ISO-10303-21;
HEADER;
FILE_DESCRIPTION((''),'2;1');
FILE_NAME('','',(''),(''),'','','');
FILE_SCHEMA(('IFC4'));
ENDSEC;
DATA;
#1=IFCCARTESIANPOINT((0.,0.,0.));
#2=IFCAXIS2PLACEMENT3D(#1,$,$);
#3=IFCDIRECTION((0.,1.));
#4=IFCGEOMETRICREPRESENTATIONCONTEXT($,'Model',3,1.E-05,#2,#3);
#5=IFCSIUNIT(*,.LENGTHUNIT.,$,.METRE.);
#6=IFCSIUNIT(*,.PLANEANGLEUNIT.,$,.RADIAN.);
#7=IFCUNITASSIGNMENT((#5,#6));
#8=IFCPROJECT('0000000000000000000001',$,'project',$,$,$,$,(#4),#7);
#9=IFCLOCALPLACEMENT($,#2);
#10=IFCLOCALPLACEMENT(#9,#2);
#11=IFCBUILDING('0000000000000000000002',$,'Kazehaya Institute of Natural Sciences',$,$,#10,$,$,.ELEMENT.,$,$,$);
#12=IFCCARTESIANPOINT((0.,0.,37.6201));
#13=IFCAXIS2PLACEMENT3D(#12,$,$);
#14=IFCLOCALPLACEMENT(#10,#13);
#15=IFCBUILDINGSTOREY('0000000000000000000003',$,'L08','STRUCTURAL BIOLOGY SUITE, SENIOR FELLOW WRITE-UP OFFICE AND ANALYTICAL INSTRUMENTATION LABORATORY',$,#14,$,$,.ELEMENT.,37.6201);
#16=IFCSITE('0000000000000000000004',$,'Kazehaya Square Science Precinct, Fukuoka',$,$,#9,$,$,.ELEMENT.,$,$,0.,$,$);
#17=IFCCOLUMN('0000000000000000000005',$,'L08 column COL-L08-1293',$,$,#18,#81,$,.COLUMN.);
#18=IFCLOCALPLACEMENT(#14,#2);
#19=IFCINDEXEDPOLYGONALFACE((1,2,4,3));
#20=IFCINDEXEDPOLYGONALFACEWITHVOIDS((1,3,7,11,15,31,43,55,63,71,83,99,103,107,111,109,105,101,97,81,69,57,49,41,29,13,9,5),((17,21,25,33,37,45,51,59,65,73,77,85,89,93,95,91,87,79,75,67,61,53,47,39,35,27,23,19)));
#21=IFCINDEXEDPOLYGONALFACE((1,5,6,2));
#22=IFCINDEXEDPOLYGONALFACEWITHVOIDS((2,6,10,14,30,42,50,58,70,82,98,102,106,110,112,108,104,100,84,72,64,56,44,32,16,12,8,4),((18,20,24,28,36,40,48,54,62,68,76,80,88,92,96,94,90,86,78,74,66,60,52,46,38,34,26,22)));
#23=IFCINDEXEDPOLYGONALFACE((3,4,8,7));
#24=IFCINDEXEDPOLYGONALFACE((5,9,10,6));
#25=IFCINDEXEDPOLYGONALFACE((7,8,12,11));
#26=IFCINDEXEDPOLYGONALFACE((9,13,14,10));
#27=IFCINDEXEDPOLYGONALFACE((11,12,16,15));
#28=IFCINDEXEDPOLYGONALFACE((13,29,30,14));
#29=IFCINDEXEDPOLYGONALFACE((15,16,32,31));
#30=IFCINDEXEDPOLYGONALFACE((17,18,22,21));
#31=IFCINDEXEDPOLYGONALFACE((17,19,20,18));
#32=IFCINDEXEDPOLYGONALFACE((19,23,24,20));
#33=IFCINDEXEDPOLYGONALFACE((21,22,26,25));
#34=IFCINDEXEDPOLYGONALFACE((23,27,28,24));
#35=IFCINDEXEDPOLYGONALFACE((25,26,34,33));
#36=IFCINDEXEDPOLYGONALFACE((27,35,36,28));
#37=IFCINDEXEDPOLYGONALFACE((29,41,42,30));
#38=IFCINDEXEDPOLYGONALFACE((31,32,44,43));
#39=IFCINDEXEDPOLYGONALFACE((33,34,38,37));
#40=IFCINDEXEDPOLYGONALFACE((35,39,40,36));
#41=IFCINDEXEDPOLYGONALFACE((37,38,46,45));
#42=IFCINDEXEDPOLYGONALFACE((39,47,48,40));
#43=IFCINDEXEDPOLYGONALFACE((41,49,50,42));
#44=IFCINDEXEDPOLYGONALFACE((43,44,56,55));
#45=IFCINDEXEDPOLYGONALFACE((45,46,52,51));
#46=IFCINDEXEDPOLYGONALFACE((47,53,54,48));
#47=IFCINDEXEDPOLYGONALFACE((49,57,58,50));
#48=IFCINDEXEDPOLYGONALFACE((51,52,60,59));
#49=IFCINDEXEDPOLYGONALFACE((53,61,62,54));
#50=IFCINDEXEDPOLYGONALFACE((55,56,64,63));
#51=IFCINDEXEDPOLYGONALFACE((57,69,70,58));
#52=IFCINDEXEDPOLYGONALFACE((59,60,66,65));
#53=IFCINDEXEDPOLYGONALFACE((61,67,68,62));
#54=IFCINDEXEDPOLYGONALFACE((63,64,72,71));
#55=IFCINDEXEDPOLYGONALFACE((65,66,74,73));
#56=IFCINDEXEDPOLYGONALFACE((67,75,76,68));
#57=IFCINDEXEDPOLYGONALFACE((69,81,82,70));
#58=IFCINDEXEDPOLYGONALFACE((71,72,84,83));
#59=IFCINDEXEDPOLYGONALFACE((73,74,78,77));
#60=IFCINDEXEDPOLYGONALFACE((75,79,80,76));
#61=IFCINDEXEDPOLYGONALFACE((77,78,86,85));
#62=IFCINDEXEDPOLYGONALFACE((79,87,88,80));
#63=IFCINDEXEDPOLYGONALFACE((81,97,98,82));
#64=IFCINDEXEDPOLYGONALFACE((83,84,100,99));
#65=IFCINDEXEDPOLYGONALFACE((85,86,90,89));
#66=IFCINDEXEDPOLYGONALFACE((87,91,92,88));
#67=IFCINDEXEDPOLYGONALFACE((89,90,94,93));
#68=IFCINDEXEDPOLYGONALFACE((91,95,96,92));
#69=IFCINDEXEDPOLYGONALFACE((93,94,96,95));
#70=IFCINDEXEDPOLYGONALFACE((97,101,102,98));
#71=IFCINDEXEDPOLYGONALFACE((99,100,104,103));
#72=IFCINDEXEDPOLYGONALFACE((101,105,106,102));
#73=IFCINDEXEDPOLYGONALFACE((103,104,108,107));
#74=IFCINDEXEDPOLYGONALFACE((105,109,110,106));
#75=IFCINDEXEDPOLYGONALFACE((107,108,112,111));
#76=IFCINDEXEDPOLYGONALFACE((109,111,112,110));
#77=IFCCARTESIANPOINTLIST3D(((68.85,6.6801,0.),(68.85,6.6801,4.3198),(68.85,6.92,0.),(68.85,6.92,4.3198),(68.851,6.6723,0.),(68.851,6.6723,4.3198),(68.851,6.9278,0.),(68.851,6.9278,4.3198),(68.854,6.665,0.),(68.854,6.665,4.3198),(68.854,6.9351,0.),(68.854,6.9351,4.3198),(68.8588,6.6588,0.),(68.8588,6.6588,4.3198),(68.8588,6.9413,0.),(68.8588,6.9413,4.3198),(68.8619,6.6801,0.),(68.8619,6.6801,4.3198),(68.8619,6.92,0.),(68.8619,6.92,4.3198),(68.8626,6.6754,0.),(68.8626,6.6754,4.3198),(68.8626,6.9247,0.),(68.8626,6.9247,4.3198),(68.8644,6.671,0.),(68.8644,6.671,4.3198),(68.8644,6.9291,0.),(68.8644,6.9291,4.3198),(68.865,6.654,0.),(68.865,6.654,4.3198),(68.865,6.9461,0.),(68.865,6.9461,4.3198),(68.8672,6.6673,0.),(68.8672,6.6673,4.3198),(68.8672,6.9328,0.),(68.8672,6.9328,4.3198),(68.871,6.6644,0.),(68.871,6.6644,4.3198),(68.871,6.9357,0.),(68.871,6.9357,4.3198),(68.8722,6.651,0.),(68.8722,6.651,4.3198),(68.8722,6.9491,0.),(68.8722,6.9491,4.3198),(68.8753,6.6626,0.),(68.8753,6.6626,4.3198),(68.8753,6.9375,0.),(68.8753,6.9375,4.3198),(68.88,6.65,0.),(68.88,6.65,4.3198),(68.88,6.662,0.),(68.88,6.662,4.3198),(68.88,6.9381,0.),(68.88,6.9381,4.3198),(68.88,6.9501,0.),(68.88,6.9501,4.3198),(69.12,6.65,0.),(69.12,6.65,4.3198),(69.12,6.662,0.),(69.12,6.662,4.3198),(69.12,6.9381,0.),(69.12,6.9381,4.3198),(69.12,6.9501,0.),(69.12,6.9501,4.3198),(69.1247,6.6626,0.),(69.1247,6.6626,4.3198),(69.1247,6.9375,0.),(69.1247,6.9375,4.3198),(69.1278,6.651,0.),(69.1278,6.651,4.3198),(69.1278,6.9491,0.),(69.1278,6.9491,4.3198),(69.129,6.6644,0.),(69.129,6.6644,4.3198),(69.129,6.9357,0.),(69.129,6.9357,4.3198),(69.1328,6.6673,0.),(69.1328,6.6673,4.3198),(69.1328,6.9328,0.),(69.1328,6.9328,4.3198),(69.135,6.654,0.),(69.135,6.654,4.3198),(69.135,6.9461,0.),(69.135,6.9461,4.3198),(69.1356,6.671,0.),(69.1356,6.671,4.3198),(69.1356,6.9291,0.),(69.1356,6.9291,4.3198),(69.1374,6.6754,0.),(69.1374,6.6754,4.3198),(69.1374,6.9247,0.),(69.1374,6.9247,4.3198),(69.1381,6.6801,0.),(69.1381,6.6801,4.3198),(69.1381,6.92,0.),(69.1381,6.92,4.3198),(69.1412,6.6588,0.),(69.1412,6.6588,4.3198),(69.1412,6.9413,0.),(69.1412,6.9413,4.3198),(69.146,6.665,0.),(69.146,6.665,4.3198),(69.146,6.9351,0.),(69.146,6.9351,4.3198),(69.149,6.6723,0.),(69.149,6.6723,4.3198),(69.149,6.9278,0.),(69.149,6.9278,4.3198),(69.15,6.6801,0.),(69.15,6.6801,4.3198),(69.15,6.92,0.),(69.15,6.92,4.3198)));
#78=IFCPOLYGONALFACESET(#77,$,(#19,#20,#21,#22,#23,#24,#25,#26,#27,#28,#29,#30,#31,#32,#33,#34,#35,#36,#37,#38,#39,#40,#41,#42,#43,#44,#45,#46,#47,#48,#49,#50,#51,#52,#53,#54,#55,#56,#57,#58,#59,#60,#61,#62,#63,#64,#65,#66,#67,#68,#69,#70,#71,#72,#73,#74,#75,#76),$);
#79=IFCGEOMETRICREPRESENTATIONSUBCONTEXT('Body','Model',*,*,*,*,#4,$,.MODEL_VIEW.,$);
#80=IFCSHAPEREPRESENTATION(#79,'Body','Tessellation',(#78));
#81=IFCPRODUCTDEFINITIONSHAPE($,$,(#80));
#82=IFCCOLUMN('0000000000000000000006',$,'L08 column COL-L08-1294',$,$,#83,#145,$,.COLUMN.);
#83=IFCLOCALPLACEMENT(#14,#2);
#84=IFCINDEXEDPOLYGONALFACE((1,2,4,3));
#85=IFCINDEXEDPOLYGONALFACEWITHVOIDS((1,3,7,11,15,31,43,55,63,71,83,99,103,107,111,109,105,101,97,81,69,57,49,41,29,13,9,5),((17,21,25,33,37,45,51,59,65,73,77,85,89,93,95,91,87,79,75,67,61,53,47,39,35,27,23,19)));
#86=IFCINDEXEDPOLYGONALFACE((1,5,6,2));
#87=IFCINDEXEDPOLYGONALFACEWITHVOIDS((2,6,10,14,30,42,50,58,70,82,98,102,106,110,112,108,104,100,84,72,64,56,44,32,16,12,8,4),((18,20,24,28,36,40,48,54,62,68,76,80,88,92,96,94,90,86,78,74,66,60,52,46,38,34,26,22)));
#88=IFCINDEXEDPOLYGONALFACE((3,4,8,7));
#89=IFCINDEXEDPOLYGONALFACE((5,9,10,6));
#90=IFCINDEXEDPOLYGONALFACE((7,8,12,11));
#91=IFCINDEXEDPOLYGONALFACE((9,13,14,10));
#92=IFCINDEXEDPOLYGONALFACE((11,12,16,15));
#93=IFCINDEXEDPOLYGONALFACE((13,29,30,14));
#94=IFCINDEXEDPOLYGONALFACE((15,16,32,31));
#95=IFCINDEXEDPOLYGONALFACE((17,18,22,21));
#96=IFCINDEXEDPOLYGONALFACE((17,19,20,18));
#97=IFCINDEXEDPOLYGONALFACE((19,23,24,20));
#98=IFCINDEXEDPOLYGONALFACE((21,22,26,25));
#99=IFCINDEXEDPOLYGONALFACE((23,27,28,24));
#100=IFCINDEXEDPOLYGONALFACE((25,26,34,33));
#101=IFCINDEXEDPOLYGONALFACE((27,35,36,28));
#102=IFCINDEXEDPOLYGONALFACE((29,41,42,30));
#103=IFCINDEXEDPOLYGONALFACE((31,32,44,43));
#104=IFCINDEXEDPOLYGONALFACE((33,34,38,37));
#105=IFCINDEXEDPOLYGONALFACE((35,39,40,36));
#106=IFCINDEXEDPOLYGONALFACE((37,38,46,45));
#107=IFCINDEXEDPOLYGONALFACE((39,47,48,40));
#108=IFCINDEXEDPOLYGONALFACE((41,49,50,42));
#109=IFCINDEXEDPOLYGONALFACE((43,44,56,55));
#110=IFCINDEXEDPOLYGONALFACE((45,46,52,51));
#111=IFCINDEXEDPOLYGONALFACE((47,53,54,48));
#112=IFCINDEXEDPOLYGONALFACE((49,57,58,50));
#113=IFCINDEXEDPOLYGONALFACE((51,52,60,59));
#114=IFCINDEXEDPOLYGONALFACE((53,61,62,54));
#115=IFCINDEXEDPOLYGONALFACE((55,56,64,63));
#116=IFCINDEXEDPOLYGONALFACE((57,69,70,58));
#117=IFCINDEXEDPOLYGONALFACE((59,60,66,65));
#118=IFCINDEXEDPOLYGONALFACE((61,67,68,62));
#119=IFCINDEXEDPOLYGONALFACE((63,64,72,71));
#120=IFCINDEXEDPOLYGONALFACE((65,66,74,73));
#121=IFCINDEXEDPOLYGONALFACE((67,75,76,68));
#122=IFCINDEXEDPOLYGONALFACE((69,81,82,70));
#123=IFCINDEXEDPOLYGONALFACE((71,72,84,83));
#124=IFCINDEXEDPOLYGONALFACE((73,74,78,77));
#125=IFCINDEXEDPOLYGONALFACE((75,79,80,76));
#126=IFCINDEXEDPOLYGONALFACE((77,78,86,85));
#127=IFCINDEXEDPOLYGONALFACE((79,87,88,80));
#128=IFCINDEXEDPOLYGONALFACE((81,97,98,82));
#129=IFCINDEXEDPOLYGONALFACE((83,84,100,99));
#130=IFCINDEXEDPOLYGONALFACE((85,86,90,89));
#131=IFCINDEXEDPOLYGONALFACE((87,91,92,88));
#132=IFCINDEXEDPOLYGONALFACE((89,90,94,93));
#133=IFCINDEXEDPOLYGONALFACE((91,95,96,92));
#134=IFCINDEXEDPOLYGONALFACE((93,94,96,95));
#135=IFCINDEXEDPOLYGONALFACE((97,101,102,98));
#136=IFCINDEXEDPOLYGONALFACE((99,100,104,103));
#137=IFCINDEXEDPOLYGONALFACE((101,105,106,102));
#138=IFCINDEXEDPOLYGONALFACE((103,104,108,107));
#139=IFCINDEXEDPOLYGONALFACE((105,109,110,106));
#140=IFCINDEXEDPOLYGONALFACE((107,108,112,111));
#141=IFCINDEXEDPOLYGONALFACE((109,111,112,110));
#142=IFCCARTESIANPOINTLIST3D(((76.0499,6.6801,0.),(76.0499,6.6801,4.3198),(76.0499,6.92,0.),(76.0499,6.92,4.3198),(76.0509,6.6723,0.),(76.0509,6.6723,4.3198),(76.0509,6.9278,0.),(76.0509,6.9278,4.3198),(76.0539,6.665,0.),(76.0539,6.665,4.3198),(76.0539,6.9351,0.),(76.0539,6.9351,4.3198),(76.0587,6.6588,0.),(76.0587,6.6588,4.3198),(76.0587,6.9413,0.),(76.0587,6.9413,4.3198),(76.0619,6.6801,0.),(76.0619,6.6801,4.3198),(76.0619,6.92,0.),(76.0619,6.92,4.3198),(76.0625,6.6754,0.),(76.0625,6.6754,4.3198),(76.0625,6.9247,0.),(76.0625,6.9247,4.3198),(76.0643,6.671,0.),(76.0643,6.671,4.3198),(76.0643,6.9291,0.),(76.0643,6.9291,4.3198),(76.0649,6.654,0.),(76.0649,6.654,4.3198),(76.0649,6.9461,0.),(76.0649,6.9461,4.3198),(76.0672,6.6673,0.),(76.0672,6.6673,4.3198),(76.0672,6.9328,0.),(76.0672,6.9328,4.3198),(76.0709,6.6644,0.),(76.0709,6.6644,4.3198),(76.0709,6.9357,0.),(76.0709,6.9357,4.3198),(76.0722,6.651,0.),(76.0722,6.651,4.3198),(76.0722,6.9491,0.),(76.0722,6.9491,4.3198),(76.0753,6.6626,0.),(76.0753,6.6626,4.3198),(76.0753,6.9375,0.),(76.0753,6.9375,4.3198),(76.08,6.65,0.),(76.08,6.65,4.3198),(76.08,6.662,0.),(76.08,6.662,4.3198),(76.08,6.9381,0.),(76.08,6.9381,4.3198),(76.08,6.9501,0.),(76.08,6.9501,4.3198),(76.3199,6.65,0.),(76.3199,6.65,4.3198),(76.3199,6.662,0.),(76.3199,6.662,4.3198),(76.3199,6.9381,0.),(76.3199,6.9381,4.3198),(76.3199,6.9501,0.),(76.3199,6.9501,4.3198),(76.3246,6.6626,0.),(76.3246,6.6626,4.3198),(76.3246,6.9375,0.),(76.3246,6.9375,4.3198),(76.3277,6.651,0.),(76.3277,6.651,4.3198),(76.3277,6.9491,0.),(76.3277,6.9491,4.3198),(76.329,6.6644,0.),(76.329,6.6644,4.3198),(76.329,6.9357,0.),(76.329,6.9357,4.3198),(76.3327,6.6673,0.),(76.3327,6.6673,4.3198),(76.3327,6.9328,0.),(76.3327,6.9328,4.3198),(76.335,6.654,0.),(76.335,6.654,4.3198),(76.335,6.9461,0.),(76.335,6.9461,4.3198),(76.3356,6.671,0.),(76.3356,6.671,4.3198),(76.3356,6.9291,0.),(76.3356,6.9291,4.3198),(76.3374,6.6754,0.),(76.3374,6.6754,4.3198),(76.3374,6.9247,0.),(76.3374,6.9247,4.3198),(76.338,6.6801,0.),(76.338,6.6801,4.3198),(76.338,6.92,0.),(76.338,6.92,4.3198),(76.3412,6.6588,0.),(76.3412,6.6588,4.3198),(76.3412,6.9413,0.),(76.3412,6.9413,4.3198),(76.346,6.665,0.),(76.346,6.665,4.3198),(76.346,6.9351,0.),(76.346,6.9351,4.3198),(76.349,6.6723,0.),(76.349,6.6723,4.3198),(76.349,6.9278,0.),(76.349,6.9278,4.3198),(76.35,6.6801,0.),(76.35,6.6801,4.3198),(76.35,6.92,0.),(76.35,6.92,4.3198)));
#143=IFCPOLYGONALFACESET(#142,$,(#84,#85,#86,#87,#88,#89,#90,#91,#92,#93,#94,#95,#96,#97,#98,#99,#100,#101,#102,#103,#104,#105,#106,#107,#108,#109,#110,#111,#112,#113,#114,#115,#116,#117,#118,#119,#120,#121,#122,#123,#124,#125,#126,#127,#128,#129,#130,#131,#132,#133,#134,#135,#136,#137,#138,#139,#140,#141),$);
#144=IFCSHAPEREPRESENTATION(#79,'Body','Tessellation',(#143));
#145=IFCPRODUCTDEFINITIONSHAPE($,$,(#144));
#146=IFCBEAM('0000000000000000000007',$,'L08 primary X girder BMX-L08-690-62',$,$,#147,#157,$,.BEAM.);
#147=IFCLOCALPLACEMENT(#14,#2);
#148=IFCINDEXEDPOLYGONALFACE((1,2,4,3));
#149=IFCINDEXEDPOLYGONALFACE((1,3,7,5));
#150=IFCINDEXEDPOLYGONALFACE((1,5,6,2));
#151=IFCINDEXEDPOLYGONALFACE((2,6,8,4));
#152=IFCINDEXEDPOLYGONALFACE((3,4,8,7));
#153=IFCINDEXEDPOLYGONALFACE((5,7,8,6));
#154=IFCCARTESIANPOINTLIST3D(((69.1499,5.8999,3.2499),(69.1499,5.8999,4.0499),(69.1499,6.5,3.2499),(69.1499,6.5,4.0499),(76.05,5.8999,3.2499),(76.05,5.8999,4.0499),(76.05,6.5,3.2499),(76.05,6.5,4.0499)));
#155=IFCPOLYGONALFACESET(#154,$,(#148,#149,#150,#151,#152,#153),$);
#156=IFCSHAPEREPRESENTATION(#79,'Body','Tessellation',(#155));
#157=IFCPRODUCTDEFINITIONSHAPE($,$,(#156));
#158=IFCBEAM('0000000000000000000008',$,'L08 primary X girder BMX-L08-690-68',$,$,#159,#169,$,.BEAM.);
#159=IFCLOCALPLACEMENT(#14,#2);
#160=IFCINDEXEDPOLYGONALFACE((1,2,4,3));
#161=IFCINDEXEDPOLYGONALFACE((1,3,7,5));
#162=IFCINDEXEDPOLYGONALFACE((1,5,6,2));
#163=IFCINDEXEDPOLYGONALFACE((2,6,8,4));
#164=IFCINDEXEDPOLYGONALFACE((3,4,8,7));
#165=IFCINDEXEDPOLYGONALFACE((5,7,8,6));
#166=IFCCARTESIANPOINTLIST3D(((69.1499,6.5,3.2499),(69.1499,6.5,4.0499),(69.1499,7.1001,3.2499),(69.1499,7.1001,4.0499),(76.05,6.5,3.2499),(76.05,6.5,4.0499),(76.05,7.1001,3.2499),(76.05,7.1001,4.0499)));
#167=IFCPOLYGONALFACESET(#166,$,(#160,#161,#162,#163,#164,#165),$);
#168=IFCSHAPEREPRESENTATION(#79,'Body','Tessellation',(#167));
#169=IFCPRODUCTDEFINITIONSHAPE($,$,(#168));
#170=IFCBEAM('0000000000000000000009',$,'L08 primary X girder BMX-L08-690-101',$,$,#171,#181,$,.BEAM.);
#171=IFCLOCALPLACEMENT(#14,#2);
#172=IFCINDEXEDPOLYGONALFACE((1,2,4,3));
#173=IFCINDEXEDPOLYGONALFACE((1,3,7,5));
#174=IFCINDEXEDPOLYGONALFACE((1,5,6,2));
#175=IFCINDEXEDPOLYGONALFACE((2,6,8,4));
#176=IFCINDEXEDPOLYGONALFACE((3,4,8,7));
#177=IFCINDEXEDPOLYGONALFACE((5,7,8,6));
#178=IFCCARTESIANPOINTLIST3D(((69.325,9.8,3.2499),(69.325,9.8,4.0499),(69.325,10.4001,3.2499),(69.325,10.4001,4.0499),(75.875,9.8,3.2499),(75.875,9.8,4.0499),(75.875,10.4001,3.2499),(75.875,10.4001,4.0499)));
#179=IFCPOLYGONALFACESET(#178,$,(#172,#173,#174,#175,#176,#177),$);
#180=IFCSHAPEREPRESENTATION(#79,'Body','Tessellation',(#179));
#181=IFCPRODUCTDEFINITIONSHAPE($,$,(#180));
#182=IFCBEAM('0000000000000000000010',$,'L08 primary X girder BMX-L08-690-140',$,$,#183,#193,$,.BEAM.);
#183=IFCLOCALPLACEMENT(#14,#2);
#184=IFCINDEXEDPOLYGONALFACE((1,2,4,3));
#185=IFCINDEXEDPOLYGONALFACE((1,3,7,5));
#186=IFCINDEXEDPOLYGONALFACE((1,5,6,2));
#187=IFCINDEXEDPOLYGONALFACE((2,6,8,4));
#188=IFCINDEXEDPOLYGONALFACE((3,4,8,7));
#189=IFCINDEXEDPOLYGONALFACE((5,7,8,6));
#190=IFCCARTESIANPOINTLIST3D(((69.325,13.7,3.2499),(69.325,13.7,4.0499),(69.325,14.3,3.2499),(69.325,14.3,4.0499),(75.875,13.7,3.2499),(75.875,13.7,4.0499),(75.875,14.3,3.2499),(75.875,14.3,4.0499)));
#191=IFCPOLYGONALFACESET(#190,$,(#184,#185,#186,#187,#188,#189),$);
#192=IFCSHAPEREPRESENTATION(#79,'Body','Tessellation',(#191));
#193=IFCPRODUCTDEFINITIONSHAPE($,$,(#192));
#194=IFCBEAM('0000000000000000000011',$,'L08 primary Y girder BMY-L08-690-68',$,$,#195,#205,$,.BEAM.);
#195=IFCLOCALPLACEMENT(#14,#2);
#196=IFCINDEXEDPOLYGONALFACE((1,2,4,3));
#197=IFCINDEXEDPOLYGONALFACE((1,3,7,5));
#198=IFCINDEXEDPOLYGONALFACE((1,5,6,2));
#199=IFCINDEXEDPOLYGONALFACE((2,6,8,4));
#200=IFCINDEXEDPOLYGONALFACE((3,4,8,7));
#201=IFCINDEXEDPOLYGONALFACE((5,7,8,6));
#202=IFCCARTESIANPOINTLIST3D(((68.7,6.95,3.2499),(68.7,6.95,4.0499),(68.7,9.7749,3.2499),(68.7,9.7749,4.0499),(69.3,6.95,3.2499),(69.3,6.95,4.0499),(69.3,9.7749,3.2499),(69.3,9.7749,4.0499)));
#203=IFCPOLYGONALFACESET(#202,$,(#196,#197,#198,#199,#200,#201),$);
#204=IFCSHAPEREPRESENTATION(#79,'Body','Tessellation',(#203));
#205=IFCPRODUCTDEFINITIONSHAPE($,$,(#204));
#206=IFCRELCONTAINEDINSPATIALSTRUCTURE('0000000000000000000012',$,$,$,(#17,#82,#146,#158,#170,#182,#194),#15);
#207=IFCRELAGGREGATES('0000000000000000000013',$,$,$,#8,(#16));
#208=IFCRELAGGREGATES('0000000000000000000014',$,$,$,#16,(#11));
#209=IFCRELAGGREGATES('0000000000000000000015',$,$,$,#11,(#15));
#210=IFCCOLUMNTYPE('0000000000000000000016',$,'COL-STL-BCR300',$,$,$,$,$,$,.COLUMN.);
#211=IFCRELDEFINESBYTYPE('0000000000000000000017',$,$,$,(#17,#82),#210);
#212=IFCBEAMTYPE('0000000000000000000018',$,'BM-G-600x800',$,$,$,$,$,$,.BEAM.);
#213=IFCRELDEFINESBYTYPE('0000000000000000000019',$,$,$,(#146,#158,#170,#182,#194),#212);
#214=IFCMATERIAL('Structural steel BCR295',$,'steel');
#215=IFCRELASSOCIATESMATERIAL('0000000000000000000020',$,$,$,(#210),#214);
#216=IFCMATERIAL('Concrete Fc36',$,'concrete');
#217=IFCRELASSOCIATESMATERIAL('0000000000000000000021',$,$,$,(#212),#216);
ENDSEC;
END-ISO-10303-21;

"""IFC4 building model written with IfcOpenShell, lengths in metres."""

from ifc_helpers import new_model, si_unit, direction, frame, origin, origin_2d, place, context, subcontext, project, spatial, rectangle, hollow_rectangle, extrude, material, material_profile, profile_set, type_object, element, save


model = new_model("IFC4")

# Units and contexts
model_context = context("Model", 3, precision=1e-05, world=origin(), true_north=direction((0.0, 1.0)))
body_context = subcontext(model_context, "Body", "Model", "MODEL_VIEW")
ifc_project = project(units=[si_unit("LENGTHUNIT", "METRE"), si_unit("PLANEANGLEUNIT", "RADIAN")], contexts=[model_context])

# Site, building, storey
site_placement = place(None, origin())
site = spatial("IfcSite", under=ifc_project, at=site_placement, Name="Kazehaya Square Science Precinct, Fukuoka", CompositionType="ELEMENT", RefElevation=0.0)
building_placement = place(site_placement, origin())
building = spatial("IfcBuilding", under=site, at=building_placement, Name="Kazehaya Institute of Natural Sciences", CompositionType="ELEMENT")
storey_placement = place(building_placement, frame((0.0, 0.0, 37.6201)))
storey = spatial("IfcBuildingStorey", under=building, at=storey_placement, Name="L08", Description="STRUCTURAL BIOLOGY SUITE, SENIOR FELLOW WRITE-UP OFFICE AND ANALYTICAL INSTRUMENTATION LABORATORY", CompositionType="ELEMENT", Elevation=37.6201)

# Columns
ifc_material_1 = material(Name="Concrete Fc36", Category="concrete")
ifc_material_2 = material(Name="Structural steel BCR295", Category="steel")
ifc_material_profile_1 = material_profile(ifc_material_2, hollow_rectangle(XDim=0.3, YDim=0.3, WallThickness=0.012, InnerFilletRadius=0.0181, OuterFilletRadius=0.03, at=origin_2d()), Name="BCR-300x300x12")
ifc_profile_set_1 = profile_set([ifc_material_profile_1], Name="Structural steel BCR295")
column_type_1 = type_object("IfcColumnType", Name="COL-STL-BCR300", PredefinedType="COLUMN", material=ifc_profile_set_1)
for number, where, z_axis, x_axis, name in (
    (1, (69.0, 6.8, 0.0), (0.0, 0.0, 1.0), (1.0, 0.0, 0.0), "L08 column COL-L08-1293"),
    (2, (76.2, 6.8, 0.0), (0.0, 0.0, 1.0), (1.0, 0.0, 0.0), "L08 column COL-L08-1294"),
):
    element("IfcColumn", number, at=place(storey_placement, frame(where, z_axis=z_axis, x_axis=x_axis)), inside=storey, type_object=column_type_1, Name=name, PredefinedType="COLUMN", context=body_context, shape_type="SweptSolid", body=[
        extrude(hollow_rectangle(XDim=0.3, YDim=0.3, WallThickness=0.012, InnerFilletRadius=0.0181, OuterFilletRadius=0.03, at=origin_2d()), origin(), (0.0, 0.0, 1.0), 4.3198),
    ])

# Beams
ifc_material_profile_2 = material_profile(ifc_material_1, rectangle(XDim=0.6001, YDim=0.8, at=origin_2d()), Name="RC-600x800")
ifc_profile_set_2 = profile_set([ifc_material_profile_2], Name="Concrete Fc36")
beam_type = type_object("IfcBeamType", Name="BM-G-600x800", PredefinedType="BEAM", material=ifc_profile_set_2)
for number, where, z_axis, x_axis, name in (
    (3, (69.1499, 6.2, 3.6499), (1.0, 0.0, 0.0), (0.0, 1.0, 0.0), "L08 primary X girder BMX-L08-690-62"),
    (4, (69.1499, 6.8, 3.6499), (1.0, 0.0, 0.0), (0.0, 1.0, 0.0), "L08 primary X girder BMX-L08-690-68"),
):
    element("IfcBeam", number, at=place(storey_placement, frame(where, z_axis=z_axis, x_axis=x_axis)), inside=storey, type_object=beam_type, Name=name, PredefinedType="BEAM", context=body_context, shape_type="SweptSolid", body=[
        extrude(rectangle(XDim=0.6001, YDim=0.8, at=origin_2d()), origin(), (0.0, 0.0, 1.0), 6.9001),
    ])
for number, where, z_axis, x_axis, name in (
    (5, (69.325, 10.1001, 3.6499), (1.0, 0.0, 0.0), (0.0, 1.0, 0.0), "L08 primary X girder BMX-L08-690-101"),
    (6, (69.325, 14.0, 3.6499), (1.0, 0.0, 0.0), (0.0, 1.0, 0.0), "L08 primary X girder BMX-L08-690-140"),
):
    element("IfcBeam", number, at=place(storey_placement, frame(where, z_axis=z_axis, x_axis=x_axis)), inside=storey, type_object=beam_type, Name=name, PredefinedType="BEAM", context=body_context, shape_type="SweptSolid", body=[
        extrude(rectangle(XDim=0.6001, YDim=0.8, at=origin_2d()), origin(), (0.0, 0.0, 1.0), 6.55),
    ])
beam_1_placement = place(storey_placement, frame((69.0, 6.95, 3.6499), z_axis=(0.0, 1.0, 0.0), x_axis=(-1.0, 0.0, 0.0)))
element("IfcBeam", 7, at=beam_1_placement, inside=storey, type_object=beam_type, Name="L08 primary Y girder BMY-L08-690-68", PredefinedType="BEAM", context=body_context, shape_type="SweptSolid", body=[
    extrude(rectangle(XDim=0.6001, YDim=0.8, at=origin_2d()), origin(), (0.0, 0.0, 1.0), 2.825),
])

save(model, "model.ifc")
